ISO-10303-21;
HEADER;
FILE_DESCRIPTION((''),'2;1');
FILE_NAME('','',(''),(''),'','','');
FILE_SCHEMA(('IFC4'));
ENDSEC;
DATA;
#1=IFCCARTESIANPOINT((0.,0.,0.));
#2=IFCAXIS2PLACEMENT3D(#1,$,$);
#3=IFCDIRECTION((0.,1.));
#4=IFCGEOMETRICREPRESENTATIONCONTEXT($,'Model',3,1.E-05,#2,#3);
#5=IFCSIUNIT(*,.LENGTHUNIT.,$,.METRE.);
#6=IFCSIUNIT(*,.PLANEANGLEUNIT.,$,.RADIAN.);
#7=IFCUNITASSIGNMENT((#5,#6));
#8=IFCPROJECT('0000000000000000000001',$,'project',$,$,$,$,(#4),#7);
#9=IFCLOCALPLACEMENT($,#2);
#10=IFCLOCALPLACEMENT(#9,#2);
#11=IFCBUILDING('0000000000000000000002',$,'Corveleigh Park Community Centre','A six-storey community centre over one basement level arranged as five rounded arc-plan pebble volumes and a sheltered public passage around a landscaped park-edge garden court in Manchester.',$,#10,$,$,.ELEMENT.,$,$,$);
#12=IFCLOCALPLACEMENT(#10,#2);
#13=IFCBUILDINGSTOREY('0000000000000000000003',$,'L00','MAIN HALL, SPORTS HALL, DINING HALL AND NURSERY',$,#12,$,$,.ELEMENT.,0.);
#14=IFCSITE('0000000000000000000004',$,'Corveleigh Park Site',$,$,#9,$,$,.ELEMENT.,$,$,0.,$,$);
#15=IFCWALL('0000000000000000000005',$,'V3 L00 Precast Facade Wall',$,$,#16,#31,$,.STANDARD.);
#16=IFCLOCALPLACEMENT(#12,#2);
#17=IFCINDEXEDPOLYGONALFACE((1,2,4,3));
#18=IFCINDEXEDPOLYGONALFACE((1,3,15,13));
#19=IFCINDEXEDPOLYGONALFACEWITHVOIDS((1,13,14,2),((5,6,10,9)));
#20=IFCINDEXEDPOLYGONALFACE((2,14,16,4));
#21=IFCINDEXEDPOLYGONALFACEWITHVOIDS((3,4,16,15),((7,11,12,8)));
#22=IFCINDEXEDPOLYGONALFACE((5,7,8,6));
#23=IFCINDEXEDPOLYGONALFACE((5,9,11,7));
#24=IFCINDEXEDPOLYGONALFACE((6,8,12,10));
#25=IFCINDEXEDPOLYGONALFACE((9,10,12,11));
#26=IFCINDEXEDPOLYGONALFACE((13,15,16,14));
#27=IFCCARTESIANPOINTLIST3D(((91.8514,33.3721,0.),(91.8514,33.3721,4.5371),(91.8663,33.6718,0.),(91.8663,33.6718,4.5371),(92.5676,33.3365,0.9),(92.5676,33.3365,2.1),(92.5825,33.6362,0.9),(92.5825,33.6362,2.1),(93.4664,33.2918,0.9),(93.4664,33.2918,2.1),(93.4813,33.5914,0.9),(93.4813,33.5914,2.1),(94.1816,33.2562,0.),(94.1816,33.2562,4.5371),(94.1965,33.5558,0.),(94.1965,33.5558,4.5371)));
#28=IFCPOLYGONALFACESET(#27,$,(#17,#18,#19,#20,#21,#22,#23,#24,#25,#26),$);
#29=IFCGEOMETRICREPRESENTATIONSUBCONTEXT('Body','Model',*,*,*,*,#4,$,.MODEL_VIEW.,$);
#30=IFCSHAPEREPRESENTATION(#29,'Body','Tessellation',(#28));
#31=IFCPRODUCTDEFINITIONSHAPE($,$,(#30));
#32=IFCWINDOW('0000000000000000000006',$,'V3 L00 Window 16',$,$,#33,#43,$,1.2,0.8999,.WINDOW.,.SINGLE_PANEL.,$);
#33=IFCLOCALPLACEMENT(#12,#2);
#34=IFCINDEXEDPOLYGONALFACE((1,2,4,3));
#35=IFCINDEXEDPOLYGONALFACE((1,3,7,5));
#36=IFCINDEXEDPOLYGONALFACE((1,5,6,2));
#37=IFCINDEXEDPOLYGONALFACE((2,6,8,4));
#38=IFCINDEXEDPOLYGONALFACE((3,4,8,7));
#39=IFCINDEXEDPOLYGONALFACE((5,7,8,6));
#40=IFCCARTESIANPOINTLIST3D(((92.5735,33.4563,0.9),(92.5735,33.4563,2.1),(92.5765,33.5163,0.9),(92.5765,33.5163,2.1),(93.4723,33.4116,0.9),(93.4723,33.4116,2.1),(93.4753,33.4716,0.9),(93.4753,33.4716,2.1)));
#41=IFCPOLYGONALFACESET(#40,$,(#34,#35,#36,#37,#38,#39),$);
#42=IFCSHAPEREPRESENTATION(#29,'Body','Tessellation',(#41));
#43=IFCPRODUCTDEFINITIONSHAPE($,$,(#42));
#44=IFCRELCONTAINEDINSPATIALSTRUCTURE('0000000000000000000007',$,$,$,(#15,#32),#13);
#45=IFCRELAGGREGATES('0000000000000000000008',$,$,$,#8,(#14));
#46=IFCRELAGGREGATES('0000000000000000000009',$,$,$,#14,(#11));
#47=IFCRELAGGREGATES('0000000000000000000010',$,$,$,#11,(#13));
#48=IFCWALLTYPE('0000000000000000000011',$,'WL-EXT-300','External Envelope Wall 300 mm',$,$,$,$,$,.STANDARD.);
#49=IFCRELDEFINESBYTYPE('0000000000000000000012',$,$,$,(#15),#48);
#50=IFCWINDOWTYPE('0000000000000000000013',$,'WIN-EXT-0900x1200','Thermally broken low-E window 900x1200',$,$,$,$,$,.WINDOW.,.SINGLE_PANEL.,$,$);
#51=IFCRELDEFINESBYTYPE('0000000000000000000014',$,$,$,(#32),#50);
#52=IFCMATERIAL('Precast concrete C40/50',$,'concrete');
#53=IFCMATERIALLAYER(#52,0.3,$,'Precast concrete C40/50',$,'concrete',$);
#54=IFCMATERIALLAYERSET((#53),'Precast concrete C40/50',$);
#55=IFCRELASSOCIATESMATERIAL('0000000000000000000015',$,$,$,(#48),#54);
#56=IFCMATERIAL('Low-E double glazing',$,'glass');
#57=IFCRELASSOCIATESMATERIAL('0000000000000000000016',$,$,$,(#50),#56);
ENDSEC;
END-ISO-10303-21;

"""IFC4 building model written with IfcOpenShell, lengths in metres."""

from ifc_helpers import new_model, si_unit, direction, frame, frame_2d, origin, place, context, subcontext, project, spatial, rectangle, extrude, material, layer, layer_set, type_object, element, fill, save


model = new_model("IFC4")

# Units and contexts
model_context = context("Model", 3, precision=1e-05, world=origin(), true_north=direction((0.0, 1.0)))
body_context = subcontext(model_context, "Body", "Model", "MODEL_VIEW")
ifc_project = project(units=[si_unit("LENGTHUNIT", "METRE"), si_unit("PLANEANGLEUNIT", "RADIAN")], contexts=[model_context])

# Site, building, storey
site_placement = place(None, origin())
site = spatial("IfcSite", under=ifc_project, at=site_placement, Name="Corveleigh Park Site", CompositionType="ELEMENT", RefElevation=0.0)
building_placement = place(site_placement, origin())
building = spatial("IfcBuilding", under=site, at=building_placement, Name="Corveleigh Park Community Centre", Description="A six-storey community centre over one basement level arranged as five rounded arc-plan pebble volumes and a sheltered public passage around a landscaped park-edge garden court in Manchester.", CompositionType="ELEMENT")
storey_placement = place(building_placement, origin())
storey = spatial("IfcBuildingStorey", under=building, at=storey_placement, Name="L00", Description="MAIN HALL, SPORTS HALL, DINING HALL AND NURSERY", CompositionType="ELEMENT", Elevation=0.0)

# Shared definitions
ifc_material_1 = material(Name="Low-E double glazing", Category="glass")

# Wall, opening, window
ifc_material_2 = material(Name="Precast concrete C40/50", Category="concrete")
ifc_layer_1 = layer(ifc_material_2, 0.3, Name="Precast concrete C40/50", Category="concrete")
ifc_layer_set_1 = layer_set([ifc_layer_1], Name="Precast concrete C40/50")
wall_type = type_object("IfcWallType", Name="WL-EXT-300", Description="External Envelope Wall 300 mm", PredefinedType="STANDARD", material=ifc_layer_set_1)
wall_placement = place(storey_placement, frame((91.8589, 33.522, 0.0), z_axis=(0.0, 0.0, 1.0), x_axis=(0.998764, -0.049708, 0.0)))
wall = element("IfcWall", 1, at=wall_placement, inside=storey, type_object=wall_type, Name="V3 L00 Precast Facade Wall", PredefinedType="STANDARD", context=body_context, shape_type="SweptSolid", body=[
    extrude(rectangle(XDim=2.333, YDim=0.3, at=frame_2d((1.1665, 0.0))), origin(), (0.0, 0.0, 1.0), 4.5371),
])
opening_placement = place(wall_placement, frame((0.717, 0.0, 0.8999)))
opening = element("IfcOpeningElement", 2, at=opening_placement, cuts=wall, PredefinedType="OPENING", context=body_context, shape_type="SweptSolid", body=[
    extrude(rectangle(XDim=0.8999, YDim=1.2, at=frame_2d((0.45, 0.6001))), frame((0.0, 0.1599, 0.0), z_axis=(0.0, -1.0, 0.0), x_axis=(1.0, 0.0, 0.0)), (0.0, 0.0, 1.0), 0.3201),
])
window_type = type_object("IfcWindowType", Name="WIN-EXT-0900x1200", Description="Thermally broken low-E window 900x1200", PartitioningType="SINGLE_PANEL", PredefinedType="WINDOW", material=ifc_material_1)
window_placement = place(opening_placement, origin())
window = element("IfcWindow", 3, at=window_placement, inside=storey, type_object=window_type, Name="V3 L00 Window 16", OverallHeight=1.2, OverallWidth=0.8999, PartitioningType="SINGLE_PANEL", PredefinedType="WINDOW", context=body_context, shape_type="SweptSolid", body=[
    extrude(rectangle(XDim=0.8999, YDim=1.2, at=frame_2d((0.45, 0.6001))), frame((0.0, 0.03, 0.0), z_axis=(0.0, -1.0, 0.0), x_axis=(1.0, 0.0, 0.0)), (0.0, 0.0, 1.0), 0.0601),
])
fill(opening, window)

save(model, "model.ifc")
